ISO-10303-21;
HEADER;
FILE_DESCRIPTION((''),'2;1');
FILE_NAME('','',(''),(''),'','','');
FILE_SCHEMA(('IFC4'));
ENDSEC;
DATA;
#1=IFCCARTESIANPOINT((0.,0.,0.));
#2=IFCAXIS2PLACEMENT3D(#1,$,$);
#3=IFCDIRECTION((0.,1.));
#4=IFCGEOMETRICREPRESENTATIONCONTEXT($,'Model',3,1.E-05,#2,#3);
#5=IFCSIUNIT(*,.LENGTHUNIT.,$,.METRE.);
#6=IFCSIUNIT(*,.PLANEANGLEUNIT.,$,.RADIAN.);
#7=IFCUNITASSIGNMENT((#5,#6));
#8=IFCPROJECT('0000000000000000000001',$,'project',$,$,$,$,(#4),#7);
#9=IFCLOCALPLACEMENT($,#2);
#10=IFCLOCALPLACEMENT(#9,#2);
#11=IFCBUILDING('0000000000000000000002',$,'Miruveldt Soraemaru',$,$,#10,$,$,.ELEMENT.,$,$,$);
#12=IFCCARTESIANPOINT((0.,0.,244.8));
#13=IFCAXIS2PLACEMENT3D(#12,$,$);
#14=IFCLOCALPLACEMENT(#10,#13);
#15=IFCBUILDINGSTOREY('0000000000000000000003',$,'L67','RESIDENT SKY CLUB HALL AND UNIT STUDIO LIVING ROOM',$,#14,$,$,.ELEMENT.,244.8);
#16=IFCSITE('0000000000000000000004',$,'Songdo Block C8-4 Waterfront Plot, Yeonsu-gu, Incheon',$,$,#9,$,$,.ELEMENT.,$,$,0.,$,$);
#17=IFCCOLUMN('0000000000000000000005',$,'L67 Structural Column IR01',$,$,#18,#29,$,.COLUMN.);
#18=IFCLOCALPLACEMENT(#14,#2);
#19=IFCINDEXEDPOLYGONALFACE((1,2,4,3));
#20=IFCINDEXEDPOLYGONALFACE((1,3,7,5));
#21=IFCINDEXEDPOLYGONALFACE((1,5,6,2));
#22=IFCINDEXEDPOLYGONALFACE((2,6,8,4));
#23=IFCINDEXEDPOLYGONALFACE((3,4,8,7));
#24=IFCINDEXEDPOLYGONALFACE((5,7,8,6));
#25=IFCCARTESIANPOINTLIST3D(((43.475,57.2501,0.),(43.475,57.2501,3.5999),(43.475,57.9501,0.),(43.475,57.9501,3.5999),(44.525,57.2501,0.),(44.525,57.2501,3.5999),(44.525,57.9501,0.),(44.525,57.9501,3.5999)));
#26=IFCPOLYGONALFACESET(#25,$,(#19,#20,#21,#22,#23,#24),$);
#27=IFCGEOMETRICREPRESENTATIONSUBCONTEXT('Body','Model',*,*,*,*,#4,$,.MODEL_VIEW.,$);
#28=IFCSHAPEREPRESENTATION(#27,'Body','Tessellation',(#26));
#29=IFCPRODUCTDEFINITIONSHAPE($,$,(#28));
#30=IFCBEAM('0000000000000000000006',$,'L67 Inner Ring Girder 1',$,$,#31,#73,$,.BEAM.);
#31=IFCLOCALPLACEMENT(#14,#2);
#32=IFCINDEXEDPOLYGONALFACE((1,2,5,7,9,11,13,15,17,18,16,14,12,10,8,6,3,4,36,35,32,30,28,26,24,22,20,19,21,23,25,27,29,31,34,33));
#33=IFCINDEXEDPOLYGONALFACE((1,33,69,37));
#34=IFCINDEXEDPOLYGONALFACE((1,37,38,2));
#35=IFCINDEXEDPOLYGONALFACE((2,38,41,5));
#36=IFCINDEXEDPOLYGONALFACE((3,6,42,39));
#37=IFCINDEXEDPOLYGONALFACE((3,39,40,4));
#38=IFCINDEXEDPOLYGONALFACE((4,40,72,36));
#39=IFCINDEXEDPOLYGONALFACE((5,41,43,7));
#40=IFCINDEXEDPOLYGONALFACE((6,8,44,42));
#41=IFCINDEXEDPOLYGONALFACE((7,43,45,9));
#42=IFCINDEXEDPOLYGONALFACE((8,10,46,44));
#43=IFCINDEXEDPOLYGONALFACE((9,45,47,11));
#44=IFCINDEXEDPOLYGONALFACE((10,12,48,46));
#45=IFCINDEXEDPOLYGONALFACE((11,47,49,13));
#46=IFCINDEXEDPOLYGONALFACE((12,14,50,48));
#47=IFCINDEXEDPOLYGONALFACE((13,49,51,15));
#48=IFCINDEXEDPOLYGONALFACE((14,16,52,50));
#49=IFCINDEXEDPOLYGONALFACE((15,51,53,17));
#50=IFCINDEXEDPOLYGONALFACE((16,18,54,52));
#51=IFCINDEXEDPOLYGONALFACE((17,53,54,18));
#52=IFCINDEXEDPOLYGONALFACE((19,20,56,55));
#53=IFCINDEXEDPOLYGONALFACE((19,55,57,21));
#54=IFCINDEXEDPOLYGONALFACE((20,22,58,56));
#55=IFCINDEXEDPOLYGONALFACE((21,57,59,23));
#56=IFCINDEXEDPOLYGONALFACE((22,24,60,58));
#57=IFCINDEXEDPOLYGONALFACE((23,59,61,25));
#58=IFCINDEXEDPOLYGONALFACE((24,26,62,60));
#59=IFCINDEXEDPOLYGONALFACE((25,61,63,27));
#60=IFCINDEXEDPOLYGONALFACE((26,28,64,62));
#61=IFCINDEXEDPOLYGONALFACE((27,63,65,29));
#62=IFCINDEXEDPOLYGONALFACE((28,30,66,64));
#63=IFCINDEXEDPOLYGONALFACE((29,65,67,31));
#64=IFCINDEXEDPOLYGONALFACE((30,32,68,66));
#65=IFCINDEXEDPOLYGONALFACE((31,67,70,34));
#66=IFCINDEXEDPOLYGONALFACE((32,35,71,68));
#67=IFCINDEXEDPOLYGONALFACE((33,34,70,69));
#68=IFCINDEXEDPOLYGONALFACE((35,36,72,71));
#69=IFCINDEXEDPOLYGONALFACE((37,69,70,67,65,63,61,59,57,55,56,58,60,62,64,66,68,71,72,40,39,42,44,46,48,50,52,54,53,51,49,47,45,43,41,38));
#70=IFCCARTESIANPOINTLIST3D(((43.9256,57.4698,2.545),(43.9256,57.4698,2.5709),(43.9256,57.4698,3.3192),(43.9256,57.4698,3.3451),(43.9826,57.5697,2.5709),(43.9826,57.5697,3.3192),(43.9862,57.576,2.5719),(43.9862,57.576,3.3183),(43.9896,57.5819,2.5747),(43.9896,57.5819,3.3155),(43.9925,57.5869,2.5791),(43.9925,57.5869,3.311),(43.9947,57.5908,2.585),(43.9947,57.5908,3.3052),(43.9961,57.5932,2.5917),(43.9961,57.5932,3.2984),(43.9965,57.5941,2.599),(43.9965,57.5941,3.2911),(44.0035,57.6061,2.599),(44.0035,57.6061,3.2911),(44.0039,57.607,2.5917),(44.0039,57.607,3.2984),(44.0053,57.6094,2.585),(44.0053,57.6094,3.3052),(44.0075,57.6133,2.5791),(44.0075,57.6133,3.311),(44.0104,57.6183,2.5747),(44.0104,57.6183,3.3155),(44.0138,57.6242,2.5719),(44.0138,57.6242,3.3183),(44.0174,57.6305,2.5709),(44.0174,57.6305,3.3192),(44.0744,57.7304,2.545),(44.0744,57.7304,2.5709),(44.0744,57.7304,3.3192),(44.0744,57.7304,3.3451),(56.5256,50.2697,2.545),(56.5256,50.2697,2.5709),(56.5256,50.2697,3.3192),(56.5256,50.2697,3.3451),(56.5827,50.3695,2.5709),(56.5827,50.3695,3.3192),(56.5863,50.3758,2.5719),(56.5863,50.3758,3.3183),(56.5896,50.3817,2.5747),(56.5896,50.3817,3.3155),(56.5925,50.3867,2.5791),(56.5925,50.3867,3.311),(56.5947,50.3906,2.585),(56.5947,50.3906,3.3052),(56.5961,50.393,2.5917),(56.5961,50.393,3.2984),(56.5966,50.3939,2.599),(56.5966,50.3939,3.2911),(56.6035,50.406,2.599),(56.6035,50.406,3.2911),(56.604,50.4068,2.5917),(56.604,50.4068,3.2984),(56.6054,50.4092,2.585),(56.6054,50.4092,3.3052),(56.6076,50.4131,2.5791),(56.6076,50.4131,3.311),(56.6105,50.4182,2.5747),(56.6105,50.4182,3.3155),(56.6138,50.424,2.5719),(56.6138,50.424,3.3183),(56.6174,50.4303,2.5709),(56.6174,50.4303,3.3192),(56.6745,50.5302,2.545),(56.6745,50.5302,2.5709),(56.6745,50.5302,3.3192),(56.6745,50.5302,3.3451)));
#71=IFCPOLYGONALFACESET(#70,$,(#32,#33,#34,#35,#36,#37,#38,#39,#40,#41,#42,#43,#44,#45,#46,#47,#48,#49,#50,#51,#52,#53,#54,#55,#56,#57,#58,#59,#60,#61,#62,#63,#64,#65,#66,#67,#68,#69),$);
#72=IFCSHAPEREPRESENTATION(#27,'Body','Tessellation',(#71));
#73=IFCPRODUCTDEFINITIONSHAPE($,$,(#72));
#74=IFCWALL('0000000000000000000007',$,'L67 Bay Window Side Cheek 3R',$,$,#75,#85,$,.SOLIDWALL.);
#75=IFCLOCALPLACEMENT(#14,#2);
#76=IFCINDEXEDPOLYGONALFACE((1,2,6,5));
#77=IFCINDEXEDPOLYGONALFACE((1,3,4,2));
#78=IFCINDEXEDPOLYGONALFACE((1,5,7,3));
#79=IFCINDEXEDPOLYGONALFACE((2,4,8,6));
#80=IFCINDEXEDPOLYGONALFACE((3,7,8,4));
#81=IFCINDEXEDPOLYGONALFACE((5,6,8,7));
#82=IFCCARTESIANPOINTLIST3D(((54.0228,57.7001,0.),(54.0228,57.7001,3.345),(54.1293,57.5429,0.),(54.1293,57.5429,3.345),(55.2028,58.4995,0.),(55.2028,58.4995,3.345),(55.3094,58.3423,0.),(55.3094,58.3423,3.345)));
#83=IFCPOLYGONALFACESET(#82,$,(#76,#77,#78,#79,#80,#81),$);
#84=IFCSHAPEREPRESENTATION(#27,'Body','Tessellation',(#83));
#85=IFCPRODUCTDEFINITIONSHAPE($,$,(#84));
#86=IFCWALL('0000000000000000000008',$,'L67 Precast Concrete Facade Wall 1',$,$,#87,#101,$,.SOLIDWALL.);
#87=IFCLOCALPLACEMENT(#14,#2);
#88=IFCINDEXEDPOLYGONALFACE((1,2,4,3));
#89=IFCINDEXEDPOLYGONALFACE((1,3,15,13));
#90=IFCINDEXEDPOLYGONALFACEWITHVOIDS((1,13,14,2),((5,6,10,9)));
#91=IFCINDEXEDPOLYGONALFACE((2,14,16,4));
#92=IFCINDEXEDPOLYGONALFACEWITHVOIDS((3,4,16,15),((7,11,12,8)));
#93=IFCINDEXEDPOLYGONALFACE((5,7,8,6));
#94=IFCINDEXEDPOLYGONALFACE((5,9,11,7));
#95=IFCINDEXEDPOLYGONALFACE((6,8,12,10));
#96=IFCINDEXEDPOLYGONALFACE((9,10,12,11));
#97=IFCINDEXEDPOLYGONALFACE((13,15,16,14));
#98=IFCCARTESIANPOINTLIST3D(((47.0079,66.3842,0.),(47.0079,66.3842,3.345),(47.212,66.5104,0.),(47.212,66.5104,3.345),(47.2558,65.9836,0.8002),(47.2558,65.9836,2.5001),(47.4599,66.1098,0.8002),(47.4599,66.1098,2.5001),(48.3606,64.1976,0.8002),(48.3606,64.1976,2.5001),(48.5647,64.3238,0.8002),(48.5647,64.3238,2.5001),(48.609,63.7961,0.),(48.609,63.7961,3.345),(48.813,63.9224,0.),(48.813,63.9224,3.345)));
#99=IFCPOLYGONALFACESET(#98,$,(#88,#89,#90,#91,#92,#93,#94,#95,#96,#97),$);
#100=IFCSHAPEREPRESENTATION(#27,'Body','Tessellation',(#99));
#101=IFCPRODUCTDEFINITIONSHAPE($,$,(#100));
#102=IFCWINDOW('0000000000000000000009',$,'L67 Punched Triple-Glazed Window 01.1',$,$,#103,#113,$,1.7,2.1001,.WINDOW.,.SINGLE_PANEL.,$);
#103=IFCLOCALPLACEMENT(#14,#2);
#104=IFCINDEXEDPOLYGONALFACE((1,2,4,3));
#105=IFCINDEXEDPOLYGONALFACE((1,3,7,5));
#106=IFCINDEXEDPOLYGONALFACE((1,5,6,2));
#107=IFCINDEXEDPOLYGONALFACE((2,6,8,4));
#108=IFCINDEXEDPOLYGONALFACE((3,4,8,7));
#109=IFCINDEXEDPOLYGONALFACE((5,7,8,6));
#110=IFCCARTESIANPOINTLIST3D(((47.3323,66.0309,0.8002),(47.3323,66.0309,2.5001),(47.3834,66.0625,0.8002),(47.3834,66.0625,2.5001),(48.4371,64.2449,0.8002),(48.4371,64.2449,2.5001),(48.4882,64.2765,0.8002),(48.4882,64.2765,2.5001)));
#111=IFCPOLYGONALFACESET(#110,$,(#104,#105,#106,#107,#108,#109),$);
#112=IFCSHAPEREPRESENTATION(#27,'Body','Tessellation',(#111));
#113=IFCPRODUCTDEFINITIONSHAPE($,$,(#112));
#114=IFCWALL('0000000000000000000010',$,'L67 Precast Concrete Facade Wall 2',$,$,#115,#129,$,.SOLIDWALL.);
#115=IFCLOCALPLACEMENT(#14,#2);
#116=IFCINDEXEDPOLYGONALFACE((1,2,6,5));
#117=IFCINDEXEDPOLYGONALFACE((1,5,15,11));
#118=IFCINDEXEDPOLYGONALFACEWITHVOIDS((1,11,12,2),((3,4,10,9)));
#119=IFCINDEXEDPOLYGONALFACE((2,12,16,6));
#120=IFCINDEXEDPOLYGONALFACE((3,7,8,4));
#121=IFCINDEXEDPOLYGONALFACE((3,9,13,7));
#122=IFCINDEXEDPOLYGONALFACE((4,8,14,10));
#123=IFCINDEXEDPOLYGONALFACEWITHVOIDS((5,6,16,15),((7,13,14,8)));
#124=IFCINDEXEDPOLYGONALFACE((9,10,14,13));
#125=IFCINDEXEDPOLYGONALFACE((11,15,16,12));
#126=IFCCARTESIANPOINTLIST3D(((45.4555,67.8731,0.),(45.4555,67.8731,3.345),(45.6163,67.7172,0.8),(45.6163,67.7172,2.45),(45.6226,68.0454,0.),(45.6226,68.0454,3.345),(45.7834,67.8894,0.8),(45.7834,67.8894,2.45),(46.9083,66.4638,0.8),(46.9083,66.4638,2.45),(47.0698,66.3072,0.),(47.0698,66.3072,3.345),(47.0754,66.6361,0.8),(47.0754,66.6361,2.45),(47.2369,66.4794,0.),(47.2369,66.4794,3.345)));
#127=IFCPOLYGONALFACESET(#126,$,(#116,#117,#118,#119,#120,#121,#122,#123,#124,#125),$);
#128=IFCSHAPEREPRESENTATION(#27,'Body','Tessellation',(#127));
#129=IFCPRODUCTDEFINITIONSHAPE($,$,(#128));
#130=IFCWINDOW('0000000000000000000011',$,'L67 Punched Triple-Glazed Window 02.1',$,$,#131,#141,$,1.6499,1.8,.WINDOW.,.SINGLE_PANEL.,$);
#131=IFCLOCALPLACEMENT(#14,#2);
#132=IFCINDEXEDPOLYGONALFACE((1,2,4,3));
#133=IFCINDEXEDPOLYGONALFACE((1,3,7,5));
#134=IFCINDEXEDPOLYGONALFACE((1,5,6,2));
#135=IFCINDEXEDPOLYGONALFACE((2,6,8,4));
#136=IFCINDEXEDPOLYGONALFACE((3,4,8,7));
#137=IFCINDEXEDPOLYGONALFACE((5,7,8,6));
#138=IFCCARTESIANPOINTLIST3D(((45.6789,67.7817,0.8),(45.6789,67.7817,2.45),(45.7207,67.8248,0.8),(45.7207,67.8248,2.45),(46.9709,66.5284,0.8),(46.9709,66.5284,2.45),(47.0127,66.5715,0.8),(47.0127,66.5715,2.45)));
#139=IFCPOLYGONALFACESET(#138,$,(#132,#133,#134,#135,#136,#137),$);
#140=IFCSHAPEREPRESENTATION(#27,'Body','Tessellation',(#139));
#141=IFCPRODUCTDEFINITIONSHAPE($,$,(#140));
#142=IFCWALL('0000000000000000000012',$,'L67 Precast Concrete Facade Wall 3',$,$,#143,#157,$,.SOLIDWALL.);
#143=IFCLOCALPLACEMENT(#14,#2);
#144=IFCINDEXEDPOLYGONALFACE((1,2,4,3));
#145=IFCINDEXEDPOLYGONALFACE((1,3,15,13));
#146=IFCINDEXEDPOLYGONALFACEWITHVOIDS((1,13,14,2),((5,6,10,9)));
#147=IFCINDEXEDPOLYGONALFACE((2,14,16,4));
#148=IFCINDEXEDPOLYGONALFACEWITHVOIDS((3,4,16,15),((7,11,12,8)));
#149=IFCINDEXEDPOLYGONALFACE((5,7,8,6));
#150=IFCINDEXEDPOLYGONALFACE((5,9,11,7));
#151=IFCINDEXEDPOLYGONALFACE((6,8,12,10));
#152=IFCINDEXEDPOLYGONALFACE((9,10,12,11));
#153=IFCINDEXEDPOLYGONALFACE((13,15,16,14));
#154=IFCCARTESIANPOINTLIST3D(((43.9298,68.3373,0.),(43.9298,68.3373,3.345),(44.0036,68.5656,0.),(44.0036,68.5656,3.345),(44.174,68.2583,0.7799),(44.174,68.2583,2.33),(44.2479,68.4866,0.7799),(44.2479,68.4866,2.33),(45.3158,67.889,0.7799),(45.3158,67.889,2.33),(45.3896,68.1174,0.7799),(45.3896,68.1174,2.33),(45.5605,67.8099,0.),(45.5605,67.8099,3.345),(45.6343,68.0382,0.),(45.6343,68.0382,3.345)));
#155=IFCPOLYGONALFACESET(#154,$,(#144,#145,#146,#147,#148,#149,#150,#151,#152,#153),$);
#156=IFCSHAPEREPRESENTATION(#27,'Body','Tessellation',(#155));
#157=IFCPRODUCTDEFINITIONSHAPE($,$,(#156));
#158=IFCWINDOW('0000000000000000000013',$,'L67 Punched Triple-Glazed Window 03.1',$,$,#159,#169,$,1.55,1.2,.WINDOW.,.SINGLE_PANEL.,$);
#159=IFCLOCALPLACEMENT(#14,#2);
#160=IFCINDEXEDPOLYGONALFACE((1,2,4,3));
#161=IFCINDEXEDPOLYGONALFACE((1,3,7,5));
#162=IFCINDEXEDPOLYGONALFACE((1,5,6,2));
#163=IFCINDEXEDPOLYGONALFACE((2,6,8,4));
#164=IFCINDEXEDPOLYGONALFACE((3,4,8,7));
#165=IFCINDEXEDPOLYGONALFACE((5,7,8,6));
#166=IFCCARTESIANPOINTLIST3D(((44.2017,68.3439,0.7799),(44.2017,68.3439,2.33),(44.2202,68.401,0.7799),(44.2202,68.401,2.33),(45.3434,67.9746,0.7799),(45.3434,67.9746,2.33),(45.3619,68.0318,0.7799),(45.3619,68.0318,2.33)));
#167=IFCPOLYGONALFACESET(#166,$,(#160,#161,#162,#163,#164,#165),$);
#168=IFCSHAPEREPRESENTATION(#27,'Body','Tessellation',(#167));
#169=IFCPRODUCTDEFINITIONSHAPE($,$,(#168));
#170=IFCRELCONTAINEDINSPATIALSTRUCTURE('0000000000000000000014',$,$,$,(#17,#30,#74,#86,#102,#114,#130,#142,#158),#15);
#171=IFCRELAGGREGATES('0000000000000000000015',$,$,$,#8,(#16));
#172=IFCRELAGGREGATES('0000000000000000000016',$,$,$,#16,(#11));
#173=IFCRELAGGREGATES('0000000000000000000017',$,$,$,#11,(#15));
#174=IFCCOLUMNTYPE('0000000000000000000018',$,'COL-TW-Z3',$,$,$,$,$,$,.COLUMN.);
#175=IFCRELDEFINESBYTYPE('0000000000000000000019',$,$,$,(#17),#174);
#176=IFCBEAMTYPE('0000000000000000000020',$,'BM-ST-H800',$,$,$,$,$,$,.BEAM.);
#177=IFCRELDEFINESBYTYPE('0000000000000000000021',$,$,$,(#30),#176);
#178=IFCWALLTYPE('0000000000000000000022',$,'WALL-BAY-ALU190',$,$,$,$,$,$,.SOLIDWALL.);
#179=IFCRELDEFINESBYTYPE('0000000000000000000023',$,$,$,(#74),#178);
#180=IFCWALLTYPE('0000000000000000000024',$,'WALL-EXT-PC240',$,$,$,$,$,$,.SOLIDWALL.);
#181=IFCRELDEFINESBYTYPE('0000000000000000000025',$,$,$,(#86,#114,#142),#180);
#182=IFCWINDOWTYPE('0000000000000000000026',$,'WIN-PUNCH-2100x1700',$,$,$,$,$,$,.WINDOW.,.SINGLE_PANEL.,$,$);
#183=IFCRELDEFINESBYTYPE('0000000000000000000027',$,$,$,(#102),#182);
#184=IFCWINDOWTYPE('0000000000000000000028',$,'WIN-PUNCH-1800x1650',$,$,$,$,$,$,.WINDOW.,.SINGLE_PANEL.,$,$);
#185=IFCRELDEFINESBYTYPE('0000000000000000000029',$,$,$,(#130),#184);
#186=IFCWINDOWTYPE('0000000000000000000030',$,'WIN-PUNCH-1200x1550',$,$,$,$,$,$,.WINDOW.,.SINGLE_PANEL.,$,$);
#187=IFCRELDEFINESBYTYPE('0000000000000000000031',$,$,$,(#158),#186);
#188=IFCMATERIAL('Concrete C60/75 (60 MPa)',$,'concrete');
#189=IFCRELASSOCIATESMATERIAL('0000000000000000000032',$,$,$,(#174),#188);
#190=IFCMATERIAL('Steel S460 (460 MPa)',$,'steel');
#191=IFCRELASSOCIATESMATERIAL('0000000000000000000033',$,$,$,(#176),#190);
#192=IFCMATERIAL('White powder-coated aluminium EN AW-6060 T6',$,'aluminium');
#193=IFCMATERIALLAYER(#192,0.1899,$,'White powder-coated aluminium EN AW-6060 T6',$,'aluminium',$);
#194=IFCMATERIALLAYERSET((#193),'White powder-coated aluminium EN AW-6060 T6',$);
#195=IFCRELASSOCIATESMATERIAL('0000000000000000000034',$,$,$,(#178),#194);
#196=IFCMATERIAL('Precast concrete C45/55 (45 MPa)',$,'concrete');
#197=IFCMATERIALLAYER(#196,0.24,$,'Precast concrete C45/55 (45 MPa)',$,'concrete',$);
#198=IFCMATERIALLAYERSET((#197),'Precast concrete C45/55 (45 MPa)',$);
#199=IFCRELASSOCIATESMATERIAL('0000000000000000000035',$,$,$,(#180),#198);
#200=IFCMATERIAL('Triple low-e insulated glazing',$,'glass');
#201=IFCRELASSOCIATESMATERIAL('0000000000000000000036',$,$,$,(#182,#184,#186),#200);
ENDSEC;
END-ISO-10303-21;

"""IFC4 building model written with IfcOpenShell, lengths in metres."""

from ifc_helpers import new_model, si_unit, direction, frame, frame_2d, origin, origin_2d, place, context, subcontext, project, spatial, rectangle, i_section, extrude, material, layer, layer_set, material_profile, profile_set, type_object, element, fill, save


model = new_model("IFC4")

# Units and contexts
model_context = context("Model", 3, precision=1e-05, world=origin(), true_north=direction((0.0, 1.0)))
body_context = subcontext(model_context, "Body", "Model", "MODEL_VIEW")
ifc_project = project(units=[si_unit("LENGTHUNIT", "METRE"), si_unit("PLANEANGLEUNIT", "RADIAN")], contexts=[model_context])

# Site, building, storey
site_placement = place(None, origin())
site = spatial("IfcSite", under=ifc_project, at=site_placement, Name="Songdo Block C8-4 Waterfront Plot, Yeonsu-gu, Incheon", CompositionType="ELEMENT", RefElevation=0.0)
building_placement = place(site_placement, origin())
building = spatial("IfcBuilding", under=site, at=building_placement, Name="Miruveldt Soraemaru", CompositionType="ELEMENT")
storey_placement = place(building_placement, frame((0.0, 0.0, 244.8)))
storey = spatial("IfcBuildingStorey", under=building, at=storey_placement, Name="L67", Description="RESIDENT SKY CLUB HALL AND UNIT STUDIO LIVING ROOM", CompositionType="ELEMENT", Elevation=244.8)

# Column
ifc_material_1 = material(Name="Concrete C60/75 (60 MPa)", Category="concrete")
ifc_material_profile_1 = material_profile(ifc_material_1, rectangle(XDim=1.05, YDim=0.7, at=origin_2d()), Name="Concrete C60/75 (60 MPa)", Category="concrete")
ifc_profile_set_1 = profile_set([ifc_material_profile_1], Name="Concrete C60/75 (60 MPa)")
column_type = type_object("IfcColumnType", Name="COL-TW-Z3", PredefinedType="COLUMN", material=ifc_profile_set_1)
column_placement = place(storey_placement, frame((44.0, 57.6001, 0.0), z_axis=(0.0, 0.0, 1.0), x_axis=(1.0, 0.0, 0.0)))
element("IfcColumn", 1, at=column_placement, inside=storey, type_object=column_type, Name="L67 Structural Column IR01", PredefinedType="COLUMN", context=body_context, shape_type="SweptSolid", body=[
    extrude(rectangle(XDim=1.05, YDim=0.7, at=origin_2d()), origin(), (0.0, 0.0, 1.0), 3.5999),
])

# Beam
ifc_material_2 = material(Name="Steel S460 (460 MPa)", Category="steel")
ifc_material_profile_2 = material_profile(ifc_material_2, i_section(OverallWidth=0.3, OverallDepth=0.8, WebThickness=0.0139, FlangeThickness=0.0259, FilletRadius=0.0281, at=origin_2d()), Name="Steel S460 (460 MPa)", Category="steel")
ifc_profile_set_2 = profile_set([ifc_material_profile_2], Name="Steel S460 (460 MPa)")
beam_type = type_object("IfcBeamType", Name="BM-ST-H800", PredefinedType="BEAM", material=ifc_profile_set_2)
beam_placement = place(storey_placement, frame((44.0, 57.6001, 2.9451), z_axis=(0.868239, -0.496146, 0.0), x_axis=(0.496146, 0.868239, 0.0)))
element("IfcBeam", 2, at=beam_placement, inside=storey, type_object=beam_type, Name="L67 Inner Ring Girder 1", PredefinedType="BEAM", context=body_context, shape_type="SweptSolid", body=[
    extrude(i_section(OverallWidth=0.3, OverallDepth=0.8, WebThickness=0.0139, FlangeThickness=0.0259, FilletRadius=0.0281, at=origin_2d()), origin(), (0.0, 0.0, 1.0), 14.5122),
])

# Wall
ifc_material_3 = material(Name="White powder-coated aluminium EN AW-6060 T6", Category="aluminium")
ifc_layer_1 = layer(ifc_material_3, 0.1899, Name="White powder-coated aluminium EN AW-6060 T6", Category="aluminium")
ifc_layer_set_1 = layer_set([ifc_layer_1], Name="White powder-coated aluminium EN AW-6060 T6")
wall_type_1 = type_object("IfcWallType", Name="WALL-BAY-ALU190", PredefinedType="SOLIDWALL", material=ifc_layer_set_1)
wall_1_placement = place(storey_placement, frame((55.2561, 58.4209, 0.0), z_axis=(0.0, 0.0, 1.0), x_axis=(-0.827916, -0.560852, 0.0)))
element("IfcWall", 3, at=wall_1_placement, inside=storey, type_object=wall_type_1, Name="L67 Bay Window Side Cheek 3R", PredefinedType="SOLIDWALL", context=body_context, shape_type="SweptSolid", body=[
    extrude(rectangle(XDim=1.4253, YDim=0.1899, at=frame_2d((0.7126, 0.0))), origin(), (0.0, 0.0, 1.0), 3.345),
])

# Walls, openings, windows
ifc_material_4 = material(Name="Precast concrete C45/55 (45 MPa)", Category="concrete")
ifc_layer_2 = layer(ifc_material_4, 0.24, Name="Precast concrete C45/55 (45 MPa)", Category="concrete")
ifc_layer_set_2 = layer_set([ifc_layer_2], Name="Precast concrete C45/55 (45 MPa)")
wall_type_2 = type_object("IfcWallType", Name="WALL-EXT-PC240", PredefinedType="SOLIDWALL", material=ifc_layer_set_2)
wall_2_placement = place(storey_placement, frame((48.7109, 63.8594, 0.0), z_axis=(0.0, 0.0, 1.0), x_axis=(-0.526092, 0.850428, 0.0)))
wall_2 = element("IfcWall", 4, at=wall_2_placement, inside=storey, type_object=wall_type_2, Name="L67 Precast Concrete Facade Wall 1", PredefinedType="SOLIDWALL", context=body_context, shape_type="SweptSolid", body=[
    extrude(rectangle(XDim=3.0432, YDim=0.24, at=frame_2d((1.5215, 0.0))), origin(), (0.0, 0.0, 1.0), 3.345),
])
opening_1_placement = place(wall_2_placement, frame((0.4719, 0.0, 0.8)))
opening_1 = element("IfcOpeningElement", 5, at=opening_1_placement, cuts=wall_2, PredefinedType="OPENING", context=body_context, shape_type="SweptSolid", body=[
    extrude(rectangle(XDim=2.1001, YDim=1.7, at=frame_2d((1.05, 0.8501))), frame((0.0, 0.1299, 0.0), z_axis=(0.0, -1.0, 0.0), x_axis=(1.0, 0.0, 0.0)), (0.0, 0.0, 1.0), 0.26),
])
ifc_material_5 = material(Name="Triple low-e insulated glazing", Category="glass")
window_type_1 = type_object("IfcWindowType", Name="WIN-PUNCH-2100x1700", PartitioningType="SINGLE_PANEL", PredefinedType="WINDOW", material=ifc_material_5)
window_1_placement = place(opening_1_placement, origin())
window_1 = element("IfcWindow", 6, at=window_1_placement, inside=storey, type_object=window_type_1, Name="L67 Punched Triple-Glazed Window 01.1", OverallHeight=1.7, OverallWidth=2.1001, PartitioningType="SINGLE_PANEL", PredefinedType="WINDOW", context=body_context, shape_type="SweptSolid", body=[
    extrude(rectangle(XDim=2.1001, YDim=1.7, at=frame_2d((1.05, 0.8501))), frame((0.0, 0.03, 0.0), z_axis=(0.0, -1.0, 0.0), x_axis=(1.0, 0.0, 0.0)), (0.0, 0.0, 1.0), 0.0601),
])
fill(opening_1, window_1)
wall_3_placement = place(storey_placement, frame((47.1533, 66.3933, 0.0), z_axis=(0.0, 0.0, 1.0), x_axis=(-0.717772, 0.696278, 0.0)))
wall_3 = element("IfcWall", 7, at=wall_3_placement, inside=storey, type_object=wall_type_2, Name="L67 Precast Concrete Facade Wall 2", PredefinedType="SOLIDWALL", context=body_context, shape_type="SweptSolid", body=[
    extrude(rectangle(XDim=2.249, YDim=0.24, at=frame_2d((1.1245, 0.0))), origin(), (0.0, 0.0, 1.0), 3.345),
])
opening_2_placement = place(wall_3_placement, frame((0.2251, 0.0, 0.8)))
opening_2 = element("IfcOpeningElement", 8, at=opening_2_placement, cuts=wall_3, PredefinedType="OPENING", context=body_context, shape_type="SweptSolid", body=[
    extrude(rectangle(XDim=1.8, YDim=1.6499, at=frame_2d((0.8999, 0.825))), frame((0.0, 0.1299, 0.0), z_axis=(0.0, -1.0, 0.0), x_axis=(1.0, 0.0, 0.0)), (0.0, 0.0, 1.0), 0.26),
])
window_type_2 = type_object("IfcWindowType", Name="WIN-PUNCH-1800x1650", PartitioningType="SINGLE_PANEL", PredefinedType="WINDOW", material=ifc_material_5)
window_2_placement = place(opening_2_placement, origin())
window_2 = element("IfcWindow", 9, at=window_2_placement, inside=storey, type_object=window_type_2, Name="L67 Punched Triple-Glazed Window 02.1", OverallHeight=1.6499, OverallWidth=1.8, PartitioningType="SINGLE_PANEL", PredefinedType="WINDOW", context=body_context, shape_type="SweptSolid", body=[
    extrude(rectangle(XDim=1.8, YDim=1.6499, at=frame_2d((0.8999, 0.825))), frame((0.0, 0.03, 0.0), z_axis=(0.0, -1.0, 0.0), x_axis=(1.0, 0.0, 0.0)), (0.0, 0.0, 1.0), 0.0601),
])
fill(opening_2, window_2)
wall_4_placement = place(storey_placement, frame((45.5974, 67.9241, 0.0), z_axis=(0.0, 0.0, 1.0), x_axis=(-0.95148, 0.30771, 0.0)))
wall_4 = element("IfcWall", 10, at=wall_4_placement, inside=storey, type_object=wall_type_2, Name="L67 Precast Concrete Facade Wall 3", PredefinedType="SOLIDWALL", context=body_context, shape_type="SweptSolid", body=[
    extrude(rectangle(XDim=1.7139, YDim=0.24, at=frame_2d((0.8569, 0.0))), origin(), (0.0, 0.0, 1.0), 3.345),
])
opening_3_placement = place(wall_4_placement, frame((0.2571, 0.0, 0.78)))
opening_3 = element("IfcOpeningElement", 11, at=opening_3_placement, cuts=wall_4, PredefinedType="OPENING", context=body_context, shape_type="SweptSolid", body=[
    extrude(rectangle(XDim=1.2, YDim=1.55, at=frame_2d((0.6001, 0.7749))), frame((0.0, 0.1299, 0.0), z_axis=(0.0, -1.0, 0.0), x_axis=(1.0, 0.0, 0.0)), (0.0, 0.0, 1.0), 0.26),
])
window_type_3 = type_object("IfcWindowType", Name="WIN-PUNCH-1200x1550", PartitioningType="SINGLE_PANEL", PredefinedType="WINDOW", material=ifc_material_5)
window_3_placement = place(opening_3_placement, origin())
window_3 = element("IfcWindow", 12, at=window_3_placement, inside=storey, type_object=window_type_3, Name="L67 Punched Triple-Glazed Window 03.1", OverallHeight=1.55, OverallWidth=1.2, PartitioningType="SINGLE_PANEL", PredefinedType="WINDOW", context=body_context, shape_type="SweptSolid", body=[
    extrude(rectangle(XDim=1.2, YDim=1.55, at=frame_2d((0.6001, 0.7749))), frame((0.0, 0.03, 0.0), z_axis=(0.0, -1.0, 0.0), x_axis=(1.0, 0.0, 0.0)), (0.0, 0.0, 1.0), 0.0601),
])
fill(opening_3, window_3)

save(model, "model.ifc")
